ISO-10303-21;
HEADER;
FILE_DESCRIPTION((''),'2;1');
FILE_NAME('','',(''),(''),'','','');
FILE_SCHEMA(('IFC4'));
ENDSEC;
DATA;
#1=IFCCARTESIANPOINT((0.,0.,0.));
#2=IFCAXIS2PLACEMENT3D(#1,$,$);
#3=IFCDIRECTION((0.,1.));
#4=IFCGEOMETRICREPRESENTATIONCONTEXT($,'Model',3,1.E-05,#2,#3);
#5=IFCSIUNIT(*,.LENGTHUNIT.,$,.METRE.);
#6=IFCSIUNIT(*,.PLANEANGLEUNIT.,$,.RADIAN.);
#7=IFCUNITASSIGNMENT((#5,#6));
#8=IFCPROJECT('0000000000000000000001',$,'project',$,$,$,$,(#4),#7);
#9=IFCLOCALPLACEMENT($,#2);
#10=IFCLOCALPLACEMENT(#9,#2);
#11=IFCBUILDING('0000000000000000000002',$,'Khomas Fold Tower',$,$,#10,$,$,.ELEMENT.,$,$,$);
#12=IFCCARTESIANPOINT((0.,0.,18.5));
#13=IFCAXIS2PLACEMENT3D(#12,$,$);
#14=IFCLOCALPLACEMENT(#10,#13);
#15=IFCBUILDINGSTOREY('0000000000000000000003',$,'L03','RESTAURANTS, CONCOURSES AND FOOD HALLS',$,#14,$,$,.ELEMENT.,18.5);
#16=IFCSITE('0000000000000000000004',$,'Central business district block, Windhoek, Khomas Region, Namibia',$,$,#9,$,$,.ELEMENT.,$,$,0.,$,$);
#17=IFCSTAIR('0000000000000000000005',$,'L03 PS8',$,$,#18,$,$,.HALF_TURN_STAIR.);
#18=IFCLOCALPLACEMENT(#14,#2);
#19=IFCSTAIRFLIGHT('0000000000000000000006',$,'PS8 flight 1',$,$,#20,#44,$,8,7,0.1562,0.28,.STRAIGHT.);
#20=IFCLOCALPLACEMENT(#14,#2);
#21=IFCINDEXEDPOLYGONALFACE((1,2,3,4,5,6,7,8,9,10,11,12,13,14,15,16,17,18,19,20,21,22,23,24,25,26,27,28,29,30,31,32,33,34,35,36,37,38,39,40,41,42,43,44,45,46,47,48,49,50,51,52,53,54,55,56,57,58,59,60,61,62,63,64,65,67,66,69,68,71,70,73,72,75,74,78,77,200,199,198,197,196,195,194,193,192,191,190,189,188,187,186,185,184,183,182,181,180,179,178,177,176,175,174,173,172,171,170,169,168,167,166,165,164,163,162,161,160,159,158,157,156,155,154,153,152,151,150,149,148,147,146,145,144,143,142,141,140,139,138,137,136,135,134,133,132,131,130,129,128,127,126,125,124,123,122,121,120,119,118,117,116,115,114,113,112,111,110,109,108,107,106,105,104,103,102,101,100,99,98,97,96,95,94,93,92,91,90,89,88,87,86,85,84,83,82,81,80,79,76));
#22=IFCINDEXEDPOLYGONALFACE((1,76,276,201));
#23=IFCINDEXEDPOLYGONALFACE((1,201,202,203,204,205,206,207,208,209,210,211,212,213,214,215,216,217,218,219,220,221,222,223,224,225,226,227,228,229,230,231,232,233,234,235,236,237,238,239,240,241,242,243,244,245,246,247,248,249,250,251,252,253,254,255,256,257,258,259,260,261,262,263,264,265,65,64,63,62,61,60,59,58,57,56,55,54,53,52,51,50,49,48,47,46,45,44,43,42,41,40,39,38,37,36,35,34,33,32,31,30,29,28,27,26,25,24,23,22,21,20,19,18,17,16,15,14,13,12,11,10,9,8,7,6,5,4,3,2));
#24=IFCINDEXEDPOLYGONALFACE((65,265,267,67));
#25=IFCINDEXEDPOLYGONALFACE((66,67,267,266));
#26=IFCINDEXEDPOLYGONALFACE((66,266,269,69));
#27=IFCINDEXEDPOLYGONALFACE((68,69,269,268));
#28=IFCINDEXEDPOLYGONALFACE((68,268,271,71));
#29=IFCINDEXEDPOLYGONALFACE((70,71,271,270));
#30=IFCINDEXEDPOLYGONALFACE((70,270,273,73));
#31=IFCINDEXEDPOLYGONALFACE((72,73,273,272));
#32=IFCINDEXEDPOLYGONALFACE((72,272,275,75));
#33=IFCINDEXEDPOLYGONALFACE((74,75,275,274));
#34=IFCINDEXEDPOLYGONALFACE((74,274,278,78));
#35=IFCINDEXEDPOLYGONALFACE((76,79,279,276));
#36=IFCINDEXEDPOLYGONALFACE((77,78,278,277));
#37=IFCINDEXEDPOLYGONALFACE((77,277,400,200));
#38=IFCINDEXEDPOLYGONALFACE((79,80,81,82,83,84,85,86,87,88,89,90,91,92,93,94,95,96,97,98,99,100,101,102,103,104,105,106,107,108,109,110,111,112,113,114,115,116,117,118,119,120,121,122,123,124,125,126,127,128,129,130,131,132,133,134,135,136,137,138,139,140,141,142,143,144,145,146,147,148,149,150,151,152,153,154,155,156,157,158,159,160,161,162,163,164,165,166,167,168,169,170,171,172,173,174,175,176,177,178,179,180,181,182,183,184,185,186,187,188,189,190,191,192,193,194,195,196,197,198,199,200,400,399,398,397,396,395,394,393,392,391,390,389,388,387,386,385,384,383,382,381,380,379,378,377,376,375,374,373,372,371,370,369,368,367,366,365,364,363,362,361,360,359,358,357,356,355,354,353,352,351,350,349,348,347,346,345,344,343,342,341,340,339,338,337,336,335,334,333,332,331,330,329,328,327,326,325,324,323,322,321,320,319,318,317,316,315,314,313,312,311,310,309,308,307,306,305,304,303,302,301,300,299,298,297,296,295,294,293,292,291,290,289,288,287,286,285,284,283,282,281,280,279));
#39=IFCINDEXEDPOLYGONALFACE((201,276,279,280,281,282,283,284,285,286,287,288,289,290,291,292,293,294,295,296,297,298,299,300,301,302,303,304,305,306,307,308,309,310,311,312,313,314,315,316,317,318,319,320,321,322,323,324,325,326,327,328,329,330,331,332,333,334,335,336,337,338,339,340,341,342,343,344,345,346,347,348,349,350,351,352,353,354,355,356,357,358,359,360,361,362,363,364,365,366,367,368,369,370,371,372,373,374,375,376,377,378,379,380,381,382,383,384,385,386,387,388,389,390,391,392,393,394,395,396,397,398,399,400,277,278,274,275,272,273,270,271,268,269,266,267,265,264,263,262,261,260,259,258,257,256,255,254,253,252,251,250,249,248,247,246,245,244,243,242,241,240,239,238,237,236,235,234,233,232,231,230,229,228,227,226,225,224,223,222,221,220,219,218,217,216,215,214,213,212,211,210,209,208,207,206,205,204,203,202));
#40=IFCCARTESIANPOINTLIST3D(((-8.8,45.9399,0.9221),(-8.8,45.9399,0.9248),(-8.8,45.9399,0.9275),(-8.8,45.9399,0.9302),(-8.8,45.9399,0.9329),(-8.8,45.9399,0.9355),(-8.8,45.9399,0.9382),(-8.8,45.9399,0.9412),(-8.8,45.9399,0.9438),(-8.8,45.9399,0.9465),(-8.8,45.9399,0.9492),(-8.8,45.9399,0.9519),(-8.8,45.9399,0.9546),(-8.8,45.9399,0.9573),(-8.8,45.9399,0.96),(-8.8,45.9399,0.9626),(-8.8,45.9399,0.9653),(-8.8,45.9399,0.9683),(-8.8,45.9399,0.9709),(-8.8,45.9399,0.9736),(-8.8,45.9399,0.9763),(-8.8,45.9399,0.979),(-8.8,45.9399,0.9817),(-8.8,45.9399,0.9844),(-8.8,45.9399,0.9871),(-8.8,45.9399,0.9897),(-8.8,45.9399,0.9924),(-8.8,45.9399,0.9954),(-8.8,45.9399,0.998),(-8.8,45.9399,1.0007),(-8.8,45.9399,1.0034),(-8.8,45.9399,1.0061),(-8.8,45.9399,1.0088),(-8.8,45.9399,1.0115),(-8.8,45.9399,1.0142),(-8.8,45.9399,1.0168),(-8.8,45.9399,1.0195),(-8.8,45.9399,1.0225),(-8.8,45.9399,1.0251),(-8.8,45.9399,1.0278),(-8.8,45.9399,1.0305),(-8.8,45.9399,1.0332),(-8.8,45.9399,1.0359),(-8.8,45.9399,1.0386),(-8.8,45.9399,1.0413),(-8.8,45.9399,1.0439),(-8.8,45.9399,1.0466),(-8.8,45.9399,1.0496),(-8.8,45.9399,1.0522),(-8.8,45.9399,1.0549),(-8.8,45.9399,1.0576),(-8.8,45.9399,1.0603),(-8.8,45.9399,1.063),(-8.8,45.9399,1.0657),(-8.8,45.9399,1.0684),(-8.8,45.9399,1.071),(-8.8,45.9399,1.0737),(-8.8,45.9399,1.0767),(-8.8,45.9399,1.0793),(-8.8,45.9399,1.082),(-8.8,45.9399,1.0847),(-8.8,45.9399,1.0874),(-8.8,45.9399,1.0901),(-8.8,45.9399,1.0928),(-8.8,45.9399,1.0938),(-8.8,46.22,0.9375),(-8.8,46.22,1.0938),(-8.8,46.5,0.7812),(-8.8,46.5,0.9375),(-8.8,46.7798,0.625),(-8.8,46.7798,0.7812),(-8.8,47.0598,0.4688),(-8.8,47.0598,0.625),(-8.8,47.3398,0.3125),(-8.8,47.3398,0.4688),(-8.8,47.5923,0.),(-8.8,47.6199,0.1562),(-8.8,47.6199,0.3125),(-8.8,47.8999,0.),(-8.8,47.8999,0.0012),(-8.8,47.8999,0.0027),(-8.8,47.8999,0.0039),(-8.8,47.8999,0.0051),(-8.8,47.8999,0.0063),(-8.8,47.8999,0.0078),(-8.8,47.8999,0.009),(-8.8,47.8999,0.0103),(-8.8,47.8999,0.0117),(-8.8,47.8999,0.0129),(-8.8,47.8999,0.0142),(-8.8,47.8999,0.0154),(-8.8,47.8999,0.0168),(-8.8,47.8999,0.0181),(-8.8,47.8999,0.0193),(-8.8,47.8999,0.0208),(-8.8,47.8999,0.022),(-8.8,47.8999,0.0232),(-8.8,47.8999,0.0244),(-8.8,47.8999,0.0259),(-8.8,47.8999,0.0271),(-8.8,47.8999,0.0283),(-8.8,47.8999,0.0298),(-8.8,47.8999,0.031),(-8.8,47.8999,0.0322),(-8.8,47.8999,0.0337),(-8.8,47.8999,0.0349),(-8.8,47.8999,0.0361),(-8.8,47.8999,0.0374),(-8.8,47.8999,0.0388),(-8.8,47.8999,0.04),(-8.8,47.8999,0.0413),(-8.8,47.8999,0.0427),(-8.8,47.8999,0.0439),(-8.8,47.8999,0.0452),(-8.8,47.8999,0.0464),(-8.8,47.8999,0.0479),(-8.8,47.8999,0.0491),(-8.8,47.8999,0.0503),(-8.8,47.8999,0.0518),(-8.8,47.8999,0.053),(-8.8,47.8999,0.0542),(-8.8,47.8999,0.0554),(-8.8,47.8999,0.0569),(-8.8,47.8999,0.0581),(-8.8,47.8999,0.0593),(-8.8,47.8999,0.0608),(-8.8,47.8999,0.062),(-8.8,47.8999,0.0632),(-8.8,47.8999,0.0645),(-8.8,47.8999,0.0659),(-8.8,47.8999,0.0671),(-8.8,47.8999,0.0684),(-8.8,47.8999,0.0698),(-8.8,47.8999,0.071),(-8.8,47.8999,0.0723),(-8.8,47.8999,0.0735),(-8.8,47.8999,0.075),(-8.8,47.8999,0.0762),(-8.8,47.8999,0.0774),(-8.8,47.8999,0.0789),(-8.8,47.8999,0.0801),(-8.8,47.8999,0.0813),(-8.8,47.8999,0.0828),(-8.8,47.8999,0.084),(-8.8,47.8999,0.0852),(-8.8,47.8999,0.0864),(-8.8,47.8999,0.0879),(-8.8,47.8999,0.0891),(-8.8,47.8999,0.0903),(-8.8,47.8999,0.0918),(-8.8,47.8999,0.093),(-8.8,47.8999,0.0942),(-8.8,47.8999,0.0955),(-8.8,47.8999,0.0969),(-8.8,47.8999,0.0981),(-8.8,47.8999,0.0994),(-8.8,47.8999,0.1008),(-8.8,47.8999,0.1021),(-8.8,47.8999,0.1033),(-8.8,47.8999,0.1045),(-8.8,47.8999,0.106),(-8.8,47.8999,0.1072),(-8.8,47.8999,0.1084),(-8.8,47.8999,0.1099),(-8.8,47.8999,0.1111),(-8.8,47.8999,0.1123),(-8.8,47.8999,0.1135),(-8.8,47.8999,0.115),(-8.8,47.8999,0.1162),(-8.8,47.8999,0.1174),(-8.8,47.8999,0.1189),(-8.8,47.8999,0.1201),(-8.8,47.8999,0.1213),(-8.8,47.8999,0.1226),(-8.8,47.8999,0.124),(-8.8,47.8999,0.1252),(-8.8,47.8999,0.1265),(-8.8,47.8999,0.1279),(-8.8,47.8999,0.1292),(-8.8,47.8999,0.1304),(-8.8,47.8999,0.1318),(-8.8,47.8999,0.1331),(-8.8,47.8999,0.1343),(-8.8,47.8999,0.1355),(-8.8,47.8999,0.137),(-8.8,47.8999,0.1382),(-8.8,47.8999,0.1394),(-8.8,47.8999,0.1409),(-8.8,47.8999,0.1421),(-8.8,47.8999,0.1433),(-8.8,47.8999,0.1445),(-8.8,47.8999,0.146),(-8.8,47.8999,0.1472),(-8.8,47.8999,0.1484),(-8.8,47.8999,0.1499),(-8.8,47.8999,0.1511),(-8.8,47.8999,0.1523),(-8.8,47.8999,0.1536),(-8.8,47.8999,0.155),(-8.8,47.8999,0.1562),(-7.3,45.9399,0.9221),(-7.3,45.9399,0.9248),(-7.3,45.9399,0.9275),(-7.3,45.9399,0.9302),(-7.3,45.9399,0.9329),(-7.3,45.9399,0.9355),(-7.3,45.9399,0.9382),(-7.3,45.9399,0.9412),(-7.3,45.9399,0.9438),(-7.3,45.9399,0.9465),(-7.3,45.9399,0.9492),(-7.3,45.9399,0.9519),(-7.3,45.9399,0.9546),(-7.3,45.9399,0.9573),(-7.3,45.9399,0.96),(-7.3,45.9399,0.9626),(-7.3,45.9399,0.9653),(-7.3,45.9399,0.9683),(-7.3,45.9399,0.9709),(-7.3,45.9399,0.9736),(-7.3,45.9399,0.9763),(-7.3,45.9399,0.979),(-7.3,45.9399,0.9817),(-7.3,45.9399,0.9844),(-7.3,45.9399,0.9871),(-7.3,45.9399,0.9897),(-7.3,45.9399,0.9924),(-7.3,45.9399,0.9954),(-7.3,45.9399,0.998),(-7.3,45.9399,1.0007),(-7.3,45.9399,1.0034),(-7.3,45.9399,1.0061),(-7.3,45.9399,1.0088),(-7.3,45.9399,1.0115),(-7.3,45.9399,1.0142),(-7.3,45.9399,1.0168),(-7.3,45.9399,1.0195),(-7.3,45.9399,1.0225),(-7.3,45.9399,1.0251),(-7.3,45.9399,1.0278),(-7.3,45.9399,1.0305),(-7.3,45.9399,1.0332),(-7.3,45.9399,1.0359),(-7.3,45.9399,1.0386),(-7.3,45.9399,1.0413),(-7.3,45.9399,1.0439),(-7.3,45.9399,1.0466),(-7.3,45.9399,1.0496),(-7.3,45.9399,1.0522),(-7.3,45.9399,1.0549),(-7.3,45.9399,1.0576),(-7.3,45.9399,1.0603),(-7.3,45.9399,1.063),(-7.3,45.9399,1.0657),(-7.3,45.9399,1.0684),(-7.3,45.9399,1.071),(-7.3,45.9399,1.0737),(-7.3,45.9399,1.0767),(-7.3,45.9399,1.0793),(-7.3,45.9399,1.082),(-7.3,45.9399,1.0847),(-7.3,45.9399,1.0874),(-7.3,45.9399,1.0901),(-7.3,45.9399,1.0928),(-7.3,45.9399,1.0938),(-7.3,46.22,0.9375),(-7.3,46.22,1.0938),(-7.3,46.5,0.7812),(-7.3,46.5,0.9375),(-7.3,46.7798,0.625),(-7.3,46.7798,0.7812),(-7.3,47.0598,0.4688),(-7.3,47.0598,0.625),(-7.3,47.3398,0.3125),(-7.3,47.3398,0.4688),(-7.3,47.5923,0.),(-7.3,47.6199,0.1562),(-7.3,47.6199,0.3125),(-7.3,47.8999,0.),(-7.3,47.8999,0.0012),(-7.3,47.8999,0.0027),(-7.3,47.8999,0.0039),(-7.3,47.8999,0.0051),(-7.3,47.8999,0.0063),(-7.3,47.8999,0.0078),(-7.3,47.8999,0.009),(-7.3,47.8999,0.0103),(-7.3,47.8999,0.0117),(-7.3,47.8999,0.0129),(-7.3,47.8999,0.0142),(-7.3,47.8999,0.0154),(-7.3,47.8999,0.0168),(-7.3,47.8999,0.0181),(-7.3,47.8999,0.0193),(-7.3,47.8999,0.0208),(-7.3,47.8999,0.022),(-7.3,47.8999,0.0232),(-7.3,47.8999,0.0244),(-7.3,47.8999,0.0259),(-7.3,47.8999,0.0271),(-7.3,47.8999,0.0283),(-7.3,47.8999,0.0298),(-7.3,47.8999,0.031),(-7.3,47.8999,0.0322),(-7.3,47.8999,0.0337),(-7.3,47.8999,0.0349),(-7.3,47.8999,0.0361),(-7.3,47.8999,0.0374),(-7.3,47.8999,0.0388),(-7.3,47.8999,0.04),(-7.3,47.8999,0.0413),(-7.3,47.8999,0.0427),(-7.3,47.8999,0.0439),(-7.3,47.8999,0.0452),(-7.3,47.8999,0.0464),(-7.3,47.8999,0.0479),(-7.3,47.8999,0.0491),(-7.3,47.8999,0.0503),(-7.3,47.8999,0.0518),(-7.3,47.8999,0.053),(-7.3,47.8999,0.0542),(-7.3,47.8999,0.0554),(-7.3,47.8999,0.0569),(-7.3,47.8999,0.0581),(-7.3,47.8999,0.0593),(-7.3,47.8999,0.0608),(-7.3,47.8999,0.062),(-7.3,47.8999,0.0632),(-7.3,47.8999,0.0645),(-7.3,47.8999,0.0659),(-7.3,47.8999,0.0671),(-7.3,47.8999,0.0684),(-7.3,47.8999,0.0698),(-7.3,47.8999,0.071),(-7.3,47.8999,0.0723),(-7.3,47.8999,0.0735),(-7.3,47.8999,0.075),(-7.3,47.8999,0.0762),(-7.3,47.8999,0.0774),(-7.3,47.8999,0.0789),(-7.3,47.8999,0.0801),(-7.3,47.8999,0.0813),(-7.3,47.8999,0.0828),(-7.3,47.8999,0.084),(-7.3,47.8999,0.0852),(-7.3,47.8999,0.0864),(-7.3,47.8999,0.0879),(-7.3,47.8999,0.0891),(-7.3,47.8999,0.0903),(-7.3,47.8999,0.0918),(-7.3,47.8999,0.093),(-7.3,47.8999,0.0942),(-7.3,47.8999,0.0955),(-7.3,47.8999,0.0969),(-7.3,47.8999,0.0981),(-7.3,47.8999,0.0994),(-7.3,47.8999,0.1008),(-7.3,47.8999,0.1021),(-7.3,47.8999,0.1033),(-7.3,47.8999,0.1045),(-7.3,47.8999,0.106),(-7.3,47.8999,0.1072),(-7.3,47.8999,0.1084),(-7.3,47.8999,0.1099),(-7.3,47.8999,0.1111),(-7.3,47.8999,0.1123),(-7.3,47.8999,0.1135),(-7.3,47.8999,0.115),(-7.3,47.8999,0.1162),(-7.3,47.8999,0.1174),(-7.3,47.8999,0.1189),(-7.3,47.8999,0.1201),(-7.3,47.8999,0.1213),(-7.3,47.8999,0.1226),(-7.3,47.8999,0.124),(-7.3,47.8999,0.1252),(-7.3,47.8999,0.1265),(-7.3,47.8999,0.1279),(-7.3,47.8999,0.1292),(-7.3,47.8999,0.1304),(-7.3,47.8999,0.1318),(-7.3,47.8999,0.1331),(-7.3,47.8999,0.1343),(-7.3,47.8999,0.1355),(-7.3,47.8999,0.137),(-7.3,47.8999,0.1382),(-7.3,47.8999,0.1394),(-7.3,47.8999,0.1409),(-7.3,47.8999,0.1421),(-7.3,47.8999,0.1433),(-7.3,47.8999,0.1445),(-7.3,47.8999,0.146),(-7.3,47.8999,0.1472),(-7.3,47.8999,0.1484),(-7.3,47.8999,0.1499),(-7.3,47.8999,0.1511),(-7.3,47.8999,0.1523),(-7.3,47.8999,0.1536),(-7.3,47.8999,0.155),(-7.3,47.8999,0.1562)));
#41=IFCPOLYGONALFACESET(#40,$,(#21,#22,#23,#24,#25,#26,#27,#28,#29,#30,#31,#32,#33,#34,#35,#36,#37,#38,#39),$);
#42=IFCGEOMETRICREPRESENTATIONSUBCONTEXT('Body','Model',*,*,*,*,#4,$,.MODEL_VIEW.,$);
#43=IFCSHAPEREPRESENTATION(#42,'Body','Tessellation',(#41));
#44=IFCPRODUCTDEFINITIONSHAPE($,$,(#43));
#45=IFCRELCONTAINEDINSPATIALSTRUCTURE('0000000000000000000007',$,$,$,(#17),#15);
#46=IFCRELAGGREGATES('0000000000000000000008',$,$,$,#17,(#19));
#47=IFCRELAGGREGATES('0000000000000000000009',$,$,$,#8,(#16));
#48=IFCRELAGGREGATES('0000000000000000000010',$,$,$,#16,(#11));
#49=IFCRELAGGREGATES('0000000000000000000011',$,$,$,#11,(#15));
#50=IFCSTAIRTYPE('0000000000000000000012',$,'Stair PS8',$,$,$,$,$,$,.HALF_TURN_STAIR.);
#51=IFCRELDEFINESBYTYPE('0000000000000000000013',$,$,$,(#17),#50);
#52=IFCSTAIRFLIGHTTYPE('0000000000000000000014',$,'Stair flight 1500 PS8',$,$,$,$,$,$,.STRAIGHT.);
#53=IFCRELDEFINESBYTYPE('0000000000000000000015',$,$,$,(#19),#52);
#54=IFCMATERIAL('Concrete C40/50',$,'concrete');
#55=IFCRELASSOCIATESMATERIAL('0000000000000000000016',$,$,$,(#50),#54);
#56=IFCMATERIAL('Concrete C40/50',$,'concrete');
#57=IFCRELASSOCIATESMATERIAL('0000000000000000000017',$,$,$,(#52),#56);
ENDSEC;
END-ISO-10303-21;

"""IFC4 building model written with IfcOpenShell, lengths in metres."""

from ifc_helpers import new_model, si_unit, direction, frame, origin, place, context, subcontext, project, spatial, polyline, outline, extrude, source, transform, mapped, material, type_object, element, aggregate, save


model = new_model("IFC4")

# Units and contexts
model_context = context("Model", 3, precision=1e-05, world=origin(), true_north=direction((0.0, 1.0)))
body_context = subcontext(model_context, "Body", "Model", "MODEL_VIEW")
ifc_project = project(units=[si_unit("LENGTHUNIT", "METRE"), si_unit("PLANEANGLEUNIT", "RADIAN")], contexts=[model_context])

# Site, building, storey
site_placement = place(None, origin())
site = spatial("IfcSite", under=ifc_project, at=site_placement, Name="Central business district block, Windhoek, Khomas Region, Namibia", CompositionType="ELEMENT", RefElevation=0.0)
building_placement = place(site_placement, origin())
building = spatial("IfcBuilding", under=site, at=building_placement, Name="Khomas Fold Tower", CompositionType="ELEMENT")
storey_placement = place(building_placement, frame((0.0, 0.0, 18.5)))
storey = spatial("IfcBuildingStorey", under=building, at=storey_placement, Name="L03", Description="RESTAURANTS, CONCOURSES AND FOOD HALLS", CompositionType="ELEMENT", Elevation=18.5)

# Stair, stair flight
ifc_material_1 = material(Name="Concrete C40/50", Category="concrete")
stair_type = type_object("IfcStairType", Name="Stair PS8", PredefinedType="HALF_TURN_STAIR", material=ifc_material_1)
stair_placement = place(storey_placement, origin())
stair = element("IfcStair", 1, at=stair_placement, inside=storey, type_object=stair_type, Name="L03 PS8", PredefinedType="HALF_TURN_STAIR")
ifc_material_2 = material(Name="Concrete C40/50", Category="concrete")
stair_flight_type = type_object("IfcStairFlightType", Name="Stair flight 1500 PS8", PredefinedType="STRAIGHT", material=ifc_material_2)
shared_shape_1 = source(origin(), body_context, "Body", "SweptSolid", [
    extrude(outline(polyline([(0.0, 0.0), (0.0, 0.0012), (0.0, 0.0027), (0.0, 0.0039), (0.0, 0.0051), (0.0, 0.0063), (0.0, 0.0078), (0.0, 0.009), (0.0, 0.0103), (0.0, 0.0117), (0.0, 0.0129), (0.0, 0.0142), (0.0, 0.0154), (0.0, 0.0168), (0.0, 0.0181), (0.0, 0.0193), (0.0, 0.0208), (0.0, 0.022), (0.0, 0.0232), (0.0, 0.0244), (0.0, 0.0259), (0.0, 0.0271), (0.0, 0.0283), (0.0, 0.0298), (0.0, 0.031), (0.0, 0.0322), (0.0, 0.0337), (0.0, 0.0349), (0.0, 0.0361), (0.0, 0.0374), (0.0, 0.0388), (0.0, 0.04), (0.0, 0.0413), (0.0, 0.0427), (0.0, 0.0439), (0.0, 0.0452), (0.0, 0.0464), (0.0, 0.0479), (0.0, 0.0491), (0.0, 0.0503), (0.0, 0.0518), (0.0, 0.053), (0.0, 0.0542), (0.0, 0.0554), (0.0, 0.0569), (0.0, 0.0581), (0.0, 0.0593), (0.0, 0.0608), (0.0, 0.062), (0.0, 0.0632), (0.0, 0.0645), (0.0, 0.0659), (0.0, 0.0671), (0.0, 0.0684), (0.0, 0.0698), (0.0, 0.071), (0.0, 0.0723), (0.0, 0.0735), (0.0, 0.075), (0.0, 0.0762), (0.0, 0.0774), (0.0, 0.0789), (0.0, 0.0801), (0.0, 0.0813), (0.0, 0.0828), (0.0, 0.084), (0.0, 0.0852), (0.0, 0.0864), (0.0, 0.0879), (0.0, 0.0891), (0.0, 0.0903), (0.0, 0.0918), (0.0, 0.093), (0.0, 0.0942), (0.0, 0.0955), (0.0, 0.0969), (0.0, 0.0981), (0.0, 0.0994), (0.0, 0.1008), (0.0, 0.1021), (0.0, 0.1033), (0.0, 0.1045), (0.0, 0.106), (0.0, 0.1072), (0.0, 0.1084), (0.0, 0.1099), (0.0, 0.1111), (0.0, 0.1123), (0.0, 0.1135), (0.0, 0.115), (0.0, 0.1162), (0.0, 0.1174), (0.0, 0.1189), (0.0, 0.1201), (0.0, 0.1213), (0.0, 0.1226), (0.0, 0.124), (0.0, 0.1252), (0.0, 0.1265), (0.0, 0.1279), (0.0, 0.1292), (0.0, 0.1304), (0.0, 0.1318), (0.0, 0.1331), (0.0, 0.1343), (0.0, 0.1355), (0.0, 0.137), (0.0, 0.1382), (0.0, 0.1394), (0.0, 0.1409), (0.0, 0.1421), (0.0, 0.1433), (0.0, 0.1445), (0.0, 0.146), (0.0, 0.1472), (0.0, 0.1484), (0.0, 0.1499), (0.0, 0.1511), (0.0, 0.1523), (0.0, 0.1536), (0.0, 0.155), (0.0, 0.1562), (0.28, 0.1562), (0.28, 0.3125), (0.5601, 0.3125), (0.5601, 0.4688), (0.8401, 0.4688), (0.8401, 0.625), (1.1201, 0.625), (1.1201, 0.7812), (1.3999, 0.7812), (1.3999, 0.9375), (1.6799, 0.9375), (1.6799, 1.0938), (1.96, 1.0938), (1.96, 1.25), (1.96, 1.2473), (1.96, 1.2446), (1.96, 1.2419), (1.96, 1.2393), (1.96, 1.2363), (1.96, 1.2336), (1.96, 1.231), (1.96, 1.2283), (1.96, 1.2256), (1.96, 1.2229), (1.96, 1.2202), (1.96, 1.2175), (1.96, 1.2148), (1.96, 1.2122), (1.96, 1.2092), (1.96, 1.2065), (1.96, 1.2039), (1.96, 1.2012), (1.96, 1.1985), (1.96, 1.1958), (1.96, 1.1931), (1.96, 1.1904), (1.96, 1.1877), (1.96, 1.1851), (1.96, 1.1821), (1.96, 1.1794), (1.96, 1.1768), (1.96, 1.1741), (1.96, 1.1714), (1.96, 1.1687), (1.96, 1.166), (1.96, 1.1633), (1.96, 1.1606), (1.96, 1.158), (1.96, 1.155), (1.96, 1.1523), (1.96, 1.1497), (1.96, 1.147), (1.96, 1.1443), (1.96, 1.1416), (1.96, 1.1389), (1.96, 1.1362), (1.96, 1.1335), (1.96, 1.1309), (1.96, 1.1279), (1.96, 1.1252), (1.96, 1.1226), (1.96, 1.1199), (1.96, 1.1172), (1.96, 1.1145), (1.96, 1.1118), (1.96, 1.1091), (1.96, 1.1064), (1.96, 1.1038), (1.96, 1.1008), (1.96, 1.0981), (1.96, 1.0955), (1.96, 1.0928), (1.96, 1.0901), (1.96, 1.0874), (1.96, 1.0847), (1.96, 1.082), (1.96, 1.0793), (1.96, 1.0767), (1.96, 1.0737), (1.96, 1.071), (1.96, 1.0684), (1.96, 1.0657), (1.96, 1.063), (1.96, 1.0603), (1.96, 1.0576), (1.96, 1.0549), (1.96, 1.0522), (1.96, 1.0496), (1.96, 1.0466), (1.96, 1.0439), (1.96, 1.0413), (1.96, 1.0386), (1.96, 1.0359), (1.96, 1.0332), (1.96, 1.0305), (1.96, 1.0278), (1.96, 1.0251), (1.96, 1.0225), (1.96, 1.0195), (1.96, 1.0168), (1.96, 1.0142), (1.96, 1.0115), (1.96, 1.0088), (1.96, 1.0061), (1.96, 1.0034), (1.96, 1.0007), (1.96, 0.998), (1.96, 0.9954), (1.96, 0.9924), (1.96, 0.9897), (1.96, 0.9871), (1.96, 0.9844), (1.96, 0.9817), (1.96, 0.979), (1.96, 0.9763), (1.96, 0.9736), (1.96, 0.9709), (1.96, 0.9683), (1.96, 0.9653), (1.96, 0.9626), (1.96, 0.96), (1.96, 0.9573), (1.96, 0.9546), (1.96, 0.9519), (1.96, 0.9492), (1.96, 0.9465), (1.96, 0.9438), (1.96, 0.9412), (1.96, 0.9382), (1.96, 0.9355), (1.96, 0.9329), (1.96, 0.9302), (1.96, 0.9275), (1.96, 0.9248), (1.96, 0.9221), (0.3076, 0.0), (0.0, 0.0)])), frame((0.0, 0.75, 0.0), z_axis=(0.0, -1.0, 0.0), x_axis=(1.0, 0.0, 0.0)), (0.0, 0.0, 1.0), 1.5),
])
stair_flight_1_placement = place(storey_placement, frame((-8.05, 47.8999, 0.0), z_axis=(0.0, 0.0, 1.0), x_axis=(0.0, -1.0, 0.0)))
stair_flight_1 = element("IfcStairFlight", 2, at=stair_flight_1_placement, type_object=stair_flight_type, Name="PS8 flight 1", NumberOfRisers=8, NumberOfTreads=7, PredefinedType="STRAIGHT", RiserHeight=0.1562, TreadLength=0.28, context=body_context, shape_type="MappedRepresentation", body=[
    mapped(shared_shape_1, transform((0.0, 0.0, 0.0))),
])
aggregate(stair, [stair_flight_1])

save(model, "model.ifc")
